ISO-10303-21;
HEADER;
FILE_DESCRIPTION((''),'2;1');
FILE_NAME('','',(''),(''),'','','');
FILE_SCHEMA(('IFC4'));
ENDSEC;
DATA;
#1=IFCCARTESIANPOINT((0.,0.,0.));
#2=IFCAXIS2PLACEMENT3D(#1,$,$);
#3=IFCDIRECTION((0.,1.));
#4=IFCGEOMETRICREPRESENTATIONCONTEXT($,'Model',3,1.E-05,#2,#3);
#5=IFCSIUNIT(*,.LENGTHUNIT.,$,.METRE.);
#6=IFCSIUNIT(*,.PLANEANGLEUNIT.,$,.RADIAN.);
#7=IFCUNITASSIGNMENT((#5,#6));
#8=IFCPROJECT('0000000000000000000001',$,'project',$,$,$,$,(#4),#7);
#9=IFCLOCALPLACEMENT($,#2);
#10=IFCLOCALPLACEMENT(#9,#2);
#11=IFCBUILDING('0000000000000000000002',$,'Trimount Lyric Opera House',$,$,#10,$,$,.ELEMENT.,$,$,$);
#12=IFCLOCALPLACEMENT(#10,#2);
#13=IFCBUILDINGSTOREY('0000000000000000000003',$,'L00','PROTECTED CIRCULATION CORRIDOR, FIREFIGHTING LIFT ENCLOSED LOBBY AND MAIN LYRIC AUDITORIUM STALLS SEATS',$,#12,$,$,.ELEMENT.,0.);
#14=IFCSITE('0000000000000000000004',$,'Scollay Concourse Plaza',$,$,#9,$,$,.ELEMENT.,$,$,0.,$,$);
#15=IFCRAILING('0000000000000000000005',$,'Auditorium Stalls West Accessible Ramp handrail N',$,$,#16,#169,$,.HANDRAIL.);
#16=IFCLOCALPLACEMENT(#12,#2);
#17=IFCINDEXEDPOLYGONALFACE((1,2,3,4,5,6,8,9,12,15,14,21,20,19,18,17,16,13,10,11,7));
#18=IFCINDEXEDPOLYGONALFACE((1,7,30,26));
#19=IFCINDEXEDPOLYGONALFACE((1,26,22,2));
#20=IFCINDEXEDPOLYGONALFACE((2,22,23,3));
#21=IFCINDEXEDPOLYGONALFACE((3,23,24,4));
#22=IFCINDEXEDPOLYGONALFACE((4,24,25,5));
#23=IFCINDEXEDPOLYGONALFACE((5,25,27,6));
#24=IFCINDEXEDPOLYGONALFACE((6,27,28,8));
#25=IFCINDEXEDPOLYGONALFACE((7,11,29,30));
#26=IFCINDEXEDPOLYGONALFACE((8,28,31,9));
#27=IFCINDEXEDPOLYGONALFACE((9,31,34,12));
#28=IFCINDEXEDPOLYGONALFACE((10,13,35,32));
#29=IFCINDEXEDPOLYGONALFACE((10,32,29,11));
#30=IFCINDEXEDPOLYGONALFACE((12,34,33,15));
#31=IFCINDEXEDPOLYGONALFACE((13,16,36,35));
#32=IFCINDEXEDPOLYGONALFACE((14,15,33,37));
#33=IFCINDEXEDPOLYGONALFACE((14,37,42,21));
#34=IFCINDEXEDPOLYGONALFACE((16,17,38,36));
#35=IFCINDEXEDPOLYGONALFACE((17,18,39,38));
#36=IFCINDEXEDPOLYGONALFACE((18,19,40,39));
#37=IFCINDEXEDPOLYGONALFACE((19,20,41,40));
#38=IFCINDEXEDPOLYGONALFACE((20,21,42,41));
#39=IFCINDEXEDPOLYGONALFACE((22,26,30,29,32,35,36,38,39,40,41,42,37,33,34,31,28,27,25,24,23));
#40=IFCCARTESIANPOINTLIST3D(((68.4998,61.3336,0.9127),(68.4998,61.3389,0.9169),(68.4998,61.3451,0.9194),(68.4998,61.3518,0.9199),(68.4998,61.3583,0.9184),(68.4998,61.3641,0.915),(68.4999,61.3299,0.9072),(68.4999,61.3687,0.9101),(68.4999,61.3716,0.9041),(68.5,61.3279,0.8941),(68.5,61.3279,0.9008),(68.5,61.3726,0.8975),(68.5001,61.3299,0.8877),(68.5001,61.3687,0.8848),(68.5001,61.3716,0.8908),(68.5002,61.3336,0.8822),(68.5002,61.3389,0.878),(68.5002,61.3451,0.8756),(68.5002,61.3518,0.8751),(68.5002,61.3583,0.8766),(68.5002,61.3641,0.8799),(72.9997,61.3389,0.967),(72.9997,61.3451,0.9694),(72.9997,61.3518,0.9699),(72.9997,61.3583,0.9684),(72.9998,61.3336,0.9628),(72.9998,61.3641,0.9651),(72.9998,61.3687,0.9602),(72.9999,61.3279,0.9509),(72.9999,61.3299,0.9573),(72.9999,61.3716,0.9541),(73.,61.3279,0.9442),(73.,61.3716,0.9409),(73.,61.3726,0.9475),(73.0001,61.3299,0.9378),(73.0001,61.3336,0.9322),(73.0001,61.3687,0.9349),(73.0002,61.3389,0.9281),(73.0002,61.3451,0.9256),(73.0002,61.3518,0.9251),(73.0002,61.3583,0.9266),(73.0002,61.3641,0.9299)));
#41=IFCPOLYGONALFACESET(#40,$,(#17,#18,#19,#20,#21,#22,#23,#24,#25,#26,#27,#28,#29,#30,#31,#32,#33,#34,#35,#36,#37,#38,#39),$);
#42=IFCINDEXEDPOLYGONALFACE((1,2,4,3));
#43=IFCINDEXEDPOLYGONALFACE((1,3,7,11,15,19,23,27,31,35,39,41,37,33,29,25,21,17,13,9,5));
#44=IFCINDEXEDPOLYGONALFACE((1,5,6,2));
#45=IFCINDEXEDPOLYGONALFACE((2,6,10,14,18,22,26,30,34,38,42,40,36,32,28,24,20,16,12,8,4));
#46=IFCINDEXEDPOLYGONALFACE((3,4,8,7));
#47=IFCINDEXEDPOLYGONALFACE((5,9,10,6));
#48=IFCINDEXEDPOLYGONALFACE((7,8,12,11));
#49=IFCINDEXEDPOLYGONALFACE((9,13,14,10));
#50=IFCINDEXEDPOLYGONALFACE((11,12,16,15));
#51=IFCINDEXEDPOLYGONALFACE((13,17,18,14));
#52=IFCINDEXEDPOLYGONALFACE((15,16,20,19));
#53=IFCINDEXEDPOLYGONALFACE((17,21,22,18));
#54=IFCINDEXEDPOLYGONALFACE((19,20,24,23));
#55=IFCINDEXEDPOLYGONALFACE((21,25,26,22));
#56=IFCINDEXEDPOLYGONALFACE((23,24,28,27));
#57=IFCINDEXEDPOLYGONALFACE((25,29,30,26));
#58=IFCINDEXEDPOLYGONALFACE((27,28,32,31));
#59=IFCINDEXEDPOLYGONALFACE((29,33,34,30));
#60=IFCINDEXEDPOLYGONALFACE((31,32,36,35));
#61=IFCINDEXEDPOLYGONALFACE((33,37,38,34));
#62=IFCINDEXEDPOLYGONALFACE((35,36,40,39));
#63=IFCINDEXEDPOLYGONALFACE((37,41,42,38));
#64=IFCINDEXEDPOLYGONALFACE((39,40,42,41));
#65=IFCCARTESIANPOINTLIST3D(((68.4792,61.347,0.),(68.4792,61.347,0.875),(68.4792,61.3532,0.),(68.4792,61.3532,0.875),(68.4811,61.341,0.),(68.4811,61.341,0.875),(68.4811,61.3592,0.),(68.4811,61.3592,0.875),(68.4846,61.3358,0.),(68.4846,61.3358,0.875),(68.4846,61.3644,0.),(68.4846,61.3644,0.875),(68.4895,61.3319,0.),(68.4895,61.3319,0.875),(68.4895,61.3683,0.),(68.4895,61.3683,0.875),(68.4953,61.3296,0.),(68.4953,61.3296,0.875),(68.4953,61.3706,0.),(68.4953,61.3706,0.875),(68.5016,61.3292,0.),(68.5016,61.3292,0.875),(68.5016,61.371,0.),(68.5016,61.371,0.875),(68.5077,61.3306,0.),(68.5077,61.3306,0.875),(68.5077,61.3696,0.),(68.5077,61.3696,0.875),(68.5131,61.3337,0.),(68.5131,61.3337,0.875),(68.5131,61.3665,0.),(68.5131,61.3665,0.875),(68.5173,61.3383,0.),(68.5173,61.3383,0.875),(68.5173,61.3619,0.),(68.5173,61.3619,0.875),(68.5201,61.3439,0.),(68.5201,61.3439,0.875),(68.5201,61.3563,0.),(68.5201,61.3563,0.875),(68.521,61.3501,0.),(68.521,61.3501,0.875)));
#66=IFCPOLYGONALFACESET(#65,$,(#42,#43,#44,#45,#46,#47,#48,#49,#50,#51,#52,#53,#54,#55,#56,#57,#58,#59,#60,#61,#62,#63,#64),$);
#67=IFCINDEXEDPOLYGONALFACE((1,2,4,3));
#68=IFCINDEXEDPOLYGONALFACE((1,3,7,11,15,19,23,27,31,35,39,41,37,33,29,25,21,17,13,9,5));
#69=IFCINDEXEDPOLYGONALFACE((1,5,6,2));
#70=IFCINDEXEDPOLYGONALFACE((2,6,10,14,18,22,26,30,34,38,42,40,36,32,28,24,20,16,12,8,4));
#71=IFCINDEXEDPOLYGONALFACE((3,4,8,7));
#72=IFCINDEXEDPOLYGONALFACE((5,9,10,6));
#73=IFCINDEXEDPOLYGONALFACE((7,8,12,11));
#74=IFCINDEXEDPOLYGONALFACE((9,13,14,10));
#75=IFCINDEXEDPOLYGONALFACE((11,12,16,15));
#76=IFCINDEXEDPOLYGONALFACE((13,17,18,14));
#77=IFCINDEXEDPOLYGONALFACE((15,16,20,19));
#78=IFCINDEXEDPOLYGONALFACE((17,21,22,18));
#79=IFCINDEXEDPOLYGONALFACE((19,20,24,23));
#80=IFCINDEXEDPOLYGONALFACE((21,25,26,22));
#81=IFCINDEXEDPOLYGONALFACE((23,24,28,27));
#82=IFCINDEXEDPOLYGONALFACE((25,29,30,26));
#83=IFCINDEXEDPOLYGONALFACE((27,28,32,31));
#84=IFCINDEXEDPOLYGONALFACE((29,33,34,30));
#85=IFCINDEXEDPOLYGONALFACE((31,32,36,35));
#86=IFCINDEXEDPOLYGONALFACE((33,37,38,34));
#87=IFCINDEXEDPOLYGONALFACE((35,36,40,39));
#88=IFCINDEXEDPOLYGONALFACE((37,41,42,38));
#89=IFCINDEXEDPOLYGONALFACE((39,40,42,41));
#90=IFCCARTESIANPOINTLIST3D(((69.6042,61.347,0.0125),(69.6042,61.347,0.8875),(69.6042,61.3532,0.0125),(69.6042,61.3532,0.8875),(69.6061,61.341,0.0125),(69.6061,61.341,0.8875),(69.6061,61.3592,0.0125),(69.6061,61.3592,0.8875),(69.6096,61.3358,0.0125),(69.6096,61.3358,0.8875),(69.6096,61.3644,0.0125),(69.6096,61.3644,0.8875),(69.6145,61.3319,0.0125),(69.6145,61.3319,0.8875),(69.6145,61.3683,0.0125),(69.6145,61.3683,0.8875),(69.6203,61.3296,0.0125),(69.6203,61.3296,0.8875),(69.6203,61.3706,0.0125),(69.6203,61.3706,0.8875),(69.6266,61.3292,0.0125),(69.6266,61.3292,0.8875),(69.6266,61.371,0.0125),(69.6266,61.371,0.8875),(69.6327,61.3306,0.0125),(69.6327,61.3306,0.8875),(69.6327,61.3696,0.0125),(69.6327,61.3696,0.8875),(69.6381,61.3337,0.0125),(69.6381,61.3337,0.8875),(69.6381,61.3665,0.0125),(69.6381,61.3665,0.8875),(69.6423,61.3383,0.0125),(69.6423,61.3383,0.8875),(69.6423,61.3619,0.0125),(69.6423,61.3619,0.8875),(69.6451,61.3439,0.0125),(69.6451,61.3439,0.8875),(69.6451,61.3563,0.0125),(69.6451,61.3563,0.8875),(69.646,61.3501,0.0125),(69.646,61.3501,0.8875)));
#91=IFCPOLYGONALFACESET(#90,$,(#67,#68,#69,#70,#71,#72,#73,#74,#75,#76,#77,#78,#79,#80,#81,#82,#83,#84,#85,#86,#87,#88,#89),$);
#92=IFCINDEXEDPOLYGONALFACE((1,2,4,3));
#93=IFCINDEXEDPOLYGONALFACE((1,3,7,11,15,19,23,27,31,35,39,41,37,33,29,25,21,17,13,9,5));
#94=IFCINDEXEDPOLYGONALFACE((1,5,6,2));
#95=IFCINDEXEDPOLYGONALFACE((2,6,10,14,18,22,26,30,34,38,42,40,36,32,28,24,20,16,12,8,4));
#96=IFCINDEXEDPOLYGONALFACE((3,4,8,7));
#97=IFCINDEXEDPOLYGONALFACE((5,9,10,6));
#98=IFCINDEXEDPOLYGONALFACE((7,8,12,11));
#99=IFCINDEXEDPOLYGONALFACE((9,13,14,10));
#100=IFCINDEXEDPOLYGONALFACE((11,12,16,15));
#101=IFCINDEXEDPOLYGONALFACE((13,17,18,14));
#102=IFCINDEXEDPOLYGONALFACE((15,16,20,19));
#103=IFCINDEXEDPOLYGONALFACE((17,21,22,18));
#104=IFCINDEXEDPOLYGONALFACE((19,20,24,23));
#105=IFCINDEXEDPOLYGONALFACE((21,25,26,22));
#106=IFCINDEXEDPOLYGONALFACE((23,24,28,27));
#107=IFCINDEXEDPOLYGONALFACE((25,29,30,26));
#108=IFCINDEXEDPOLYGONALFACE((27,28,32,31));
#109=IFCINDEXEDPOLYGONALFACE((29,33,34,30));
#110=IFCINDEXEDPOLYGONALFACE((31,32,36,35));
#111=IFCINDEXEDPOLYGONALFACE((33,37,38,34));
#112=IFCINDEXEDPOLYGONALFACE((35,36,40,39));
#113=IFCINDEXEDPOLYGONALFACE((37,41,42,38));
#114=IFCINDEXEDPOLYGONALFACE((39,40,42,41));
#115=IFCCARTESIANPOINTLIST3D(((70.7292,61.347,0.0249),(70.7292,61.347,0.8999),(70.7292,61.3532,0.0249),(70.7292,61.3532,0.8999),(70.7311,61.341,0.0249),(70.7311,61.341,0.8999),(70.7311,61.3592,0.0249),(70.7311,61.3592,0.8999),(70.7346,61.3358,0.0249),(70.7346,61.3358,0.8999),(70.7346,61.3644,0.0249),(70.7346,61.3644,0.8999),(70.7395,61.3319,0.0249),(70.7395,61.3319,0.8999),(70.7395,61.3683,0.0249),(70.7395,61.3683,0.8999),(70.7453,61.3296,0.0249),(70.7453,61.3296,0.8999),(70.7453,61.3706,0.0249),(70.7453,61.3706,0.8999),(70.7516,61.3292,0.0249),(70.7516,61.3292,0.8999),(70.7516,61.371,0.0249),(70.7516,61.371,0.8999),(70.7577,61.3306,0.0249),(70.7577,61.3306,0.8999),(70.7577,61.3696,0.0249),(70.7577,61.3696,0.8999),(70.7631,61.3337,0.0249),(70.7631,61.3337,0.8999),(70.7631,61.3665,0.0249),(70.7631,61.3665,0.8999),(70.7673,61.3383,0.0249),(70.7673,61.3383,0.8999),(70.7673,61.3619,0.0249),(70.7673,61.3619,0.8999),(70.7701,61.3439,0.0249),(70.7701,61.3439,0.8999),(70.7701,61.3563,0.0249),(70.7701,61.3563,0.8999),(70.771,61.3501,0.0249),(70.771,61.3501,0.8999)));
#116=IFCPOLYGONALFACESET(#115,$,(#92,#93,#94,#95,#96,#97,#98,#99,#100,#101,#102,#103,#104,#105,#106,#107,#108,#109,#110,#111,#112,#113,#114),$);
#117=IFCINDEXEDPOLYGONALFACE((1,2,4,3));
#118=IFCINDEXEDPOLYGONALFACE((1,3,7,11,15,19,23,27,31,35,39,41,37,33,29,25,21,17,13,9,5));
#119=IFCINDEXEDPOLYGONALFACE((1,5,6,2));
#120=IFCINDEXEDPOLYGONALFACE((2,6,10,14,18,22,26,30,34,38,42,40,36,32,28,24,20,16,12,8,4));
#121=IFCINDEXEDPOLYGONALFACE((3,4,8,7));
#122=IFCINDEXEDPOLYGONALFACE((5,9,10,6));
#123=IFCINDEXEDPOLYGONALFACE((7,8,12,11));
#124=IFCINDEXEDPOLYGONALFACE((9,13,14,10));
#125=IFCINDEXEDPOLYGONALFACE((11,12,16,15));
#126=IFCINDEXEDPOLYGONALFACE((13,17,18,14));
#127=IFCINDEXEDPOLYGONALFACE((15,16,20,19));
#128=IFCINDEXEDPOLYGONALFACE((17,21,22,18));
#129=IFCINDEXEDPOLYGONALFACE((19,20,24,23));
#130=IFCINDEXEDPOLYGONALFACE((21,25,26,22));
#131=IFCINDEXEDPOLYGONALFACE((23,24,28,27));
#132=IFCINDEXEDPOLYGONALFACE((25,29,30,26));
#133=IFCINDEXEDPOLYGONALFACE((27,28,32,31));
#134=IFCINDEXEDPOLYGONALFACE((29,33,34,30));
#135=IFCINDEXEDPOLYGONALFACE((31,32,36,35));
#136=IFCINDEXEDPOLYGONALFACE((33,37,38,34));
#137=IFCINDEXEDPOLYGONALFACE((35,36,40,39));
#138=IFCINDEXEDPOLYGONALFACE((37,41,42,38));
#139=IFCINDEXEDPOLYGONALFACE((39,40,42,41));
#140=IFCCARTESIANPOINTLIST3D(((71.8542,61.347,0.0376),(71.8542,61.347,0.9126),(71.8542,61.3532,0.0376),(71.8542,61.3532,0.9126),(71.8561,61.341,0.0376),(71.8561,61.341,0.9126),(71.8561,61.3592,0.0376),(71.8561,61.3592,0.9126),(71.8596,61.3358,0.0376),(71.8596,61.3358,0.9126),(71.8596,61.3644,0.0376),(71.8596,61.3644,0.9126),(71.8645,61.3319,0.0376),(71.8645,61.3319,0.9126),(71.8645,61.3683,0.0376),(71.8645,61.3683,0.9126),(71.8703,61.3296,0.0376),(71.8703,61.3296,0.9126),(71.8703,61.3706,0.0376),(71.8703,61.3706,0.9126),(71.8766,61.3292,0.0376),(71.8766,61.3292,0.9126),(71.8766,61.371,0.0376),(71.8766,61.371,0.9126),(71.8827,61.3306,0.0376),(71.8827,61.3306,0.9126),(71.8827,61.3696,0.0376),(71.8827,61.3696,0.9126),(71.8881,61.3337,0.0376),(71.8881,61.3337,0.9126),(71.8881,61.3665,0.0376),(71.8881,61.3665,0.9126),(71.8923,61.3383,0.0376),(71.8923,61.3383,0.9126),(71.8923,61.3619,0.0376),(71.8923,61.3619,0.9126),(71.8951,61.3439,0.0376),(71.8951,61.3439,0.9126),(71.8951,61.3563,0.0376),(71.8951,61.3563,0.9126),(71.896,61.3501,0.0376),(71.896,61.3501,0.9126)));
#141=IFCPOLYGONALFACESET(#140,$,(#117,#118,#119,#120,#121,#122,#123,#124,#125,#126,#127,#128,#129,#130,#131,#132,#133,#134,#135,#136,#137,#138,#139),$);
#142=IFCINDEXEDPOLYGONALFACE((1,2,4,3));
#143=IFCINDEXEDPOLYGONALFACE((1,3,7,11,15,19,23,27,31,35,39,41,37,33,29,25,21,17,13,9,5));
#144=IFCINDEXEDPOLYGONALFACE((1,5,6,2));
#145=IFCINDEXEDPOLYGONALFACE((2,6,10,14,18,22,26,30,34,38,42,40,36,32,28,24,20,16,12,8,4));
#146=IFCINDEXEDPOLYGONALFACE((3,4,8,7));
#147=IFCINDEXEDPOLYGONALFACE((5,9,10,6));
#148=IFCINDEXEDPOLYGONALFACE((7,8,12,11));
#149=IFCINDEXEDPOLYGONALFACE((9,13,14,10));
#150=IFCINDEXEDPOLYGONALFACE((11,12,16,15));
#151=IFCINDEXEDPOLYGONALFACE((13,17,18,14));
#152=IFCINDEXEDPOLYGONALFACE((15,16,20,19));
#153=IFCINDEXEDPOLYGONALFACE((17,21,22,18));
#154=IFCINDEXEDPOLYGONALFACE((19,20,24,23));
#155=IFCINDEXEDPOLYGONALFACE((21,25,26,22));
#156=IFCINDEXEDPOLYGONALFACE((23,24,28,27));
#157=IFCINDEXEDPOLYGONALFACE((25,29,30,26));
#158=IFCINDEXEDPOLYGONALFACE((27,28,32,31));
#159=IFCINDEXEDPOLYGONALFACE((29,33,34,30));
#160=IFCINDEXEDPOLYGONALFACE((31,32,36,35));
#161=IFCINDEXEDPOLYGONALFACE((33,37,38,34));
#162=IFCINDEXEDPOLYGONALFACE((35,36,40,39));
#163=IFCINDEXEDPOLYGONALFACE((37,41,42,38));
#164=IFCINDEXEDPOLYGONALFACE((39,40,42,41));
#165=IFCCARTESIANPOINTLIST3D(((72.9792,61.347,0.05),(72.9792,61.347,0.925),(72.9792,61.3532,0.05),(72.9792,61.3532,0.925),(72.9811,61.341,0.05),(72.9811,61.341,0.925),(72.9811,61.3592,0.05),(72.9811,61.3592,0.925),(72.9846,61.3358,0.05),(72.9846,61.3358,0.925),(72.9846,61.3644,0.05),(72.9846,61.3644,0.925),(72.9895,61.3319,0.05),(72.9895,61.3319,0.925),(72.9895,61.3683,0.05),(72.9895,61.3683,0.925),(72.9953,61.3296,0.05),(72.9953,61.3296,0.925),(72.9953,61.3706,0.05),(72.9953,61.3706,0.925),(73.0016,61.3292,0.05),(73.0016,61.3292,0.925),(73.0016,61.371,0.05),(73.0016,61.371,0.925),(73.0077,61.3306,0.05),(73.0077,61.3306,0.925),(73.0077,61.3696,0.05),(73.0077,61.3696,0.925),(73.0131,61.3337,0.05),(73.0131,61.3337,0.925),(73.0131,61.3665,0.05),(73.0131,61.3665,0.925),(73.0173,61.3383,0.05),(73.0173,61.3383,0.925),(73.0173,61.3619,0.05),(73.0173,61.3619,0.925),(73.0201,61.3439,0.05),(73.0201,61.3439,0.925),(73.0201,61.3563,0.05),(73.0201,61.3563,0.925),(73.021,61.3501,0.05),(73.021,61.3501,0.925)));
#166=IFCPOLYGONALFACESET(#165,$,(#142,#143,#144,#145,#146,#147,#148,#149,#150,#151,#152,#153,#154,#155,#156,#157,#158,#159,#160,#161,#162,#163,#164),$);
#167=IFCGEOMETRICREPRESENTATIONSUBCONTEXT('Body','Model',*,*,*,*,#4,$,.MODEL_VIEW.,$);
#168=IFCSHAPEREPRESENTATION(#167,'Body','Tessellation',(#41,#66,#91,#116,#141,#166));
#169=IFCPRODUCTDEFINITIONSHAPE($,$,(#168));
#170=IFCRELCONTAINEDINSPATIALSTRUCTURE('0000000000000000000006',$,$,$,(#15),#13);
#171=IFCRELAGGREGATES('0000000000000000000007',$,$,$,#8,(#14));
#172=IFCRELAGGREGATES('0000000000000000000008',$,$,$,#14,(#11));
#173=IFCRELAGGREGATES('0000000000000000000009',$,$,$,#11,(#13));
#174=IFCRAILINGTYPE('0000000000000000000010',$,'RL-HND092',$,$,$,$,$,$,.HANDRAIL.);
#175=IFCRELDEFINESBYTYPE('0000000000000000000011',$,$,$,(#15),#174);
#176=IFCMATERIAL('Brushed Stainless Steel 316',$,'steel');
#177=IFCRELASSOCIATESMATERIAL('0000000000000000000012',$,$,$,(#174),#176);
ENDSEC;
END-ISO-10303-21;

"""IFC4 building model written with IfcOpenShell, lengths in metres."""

from ifc_helpers import new_model, si_unit, direction, frame, origin, origin_2d, place, context, subcontext, project, spatial, circle, extrude, material, type_object, element, save


model = new_model("IFC4")

# Units and contexts
model_context = context("Model", 3, precision=1e-05, world=origin(), true_north=direction((0.0, 1.0)))
body_context = subcontext(model_context, "Body", "Model", "MODEL_VIEW")
ifc_project = project(units=[si_unit("LENGTHUNIT", "METRE"), si_unit("PLANEANGLEUNIT", "RADIAN")], contexts=[model_context])

# Site, building, storey
site_placement = place(None, origin())
site = spatial("IfcSite", under=ifc_project, at=site_placement, Name="Scollay Concourse Plaza", CompositionType="ELEMENT", RefElevation=0.0)
building_placement = place(site_placement, origin())
building = spatial("IfcBuilding", under=site, at=building_placement, Name="Trimount Lyric Opera House", CompositionType="ELEMENT")
storey_placement = place(building_placement, origin())
storey = spatial("IfcBuildingStorey", under=building, at=storey_placement, Name="L00", Description="PROTECTED CIRCULATION CORRIDOR, FIREFIGHTING LIFT ENCLOSED LOBBY AND MAIN LYRIC AUDITORIUM STALLS SEATS", CompositionType="ELEMENT", Elevation=0.0)

# Railing
ifc_material_1 = material(Name="Brushed Stainless Steel 316", Category="steel")
railing_type = type_object("IfcRailingType", Name="RL-HND092", PredefinedType="HANDRAIL", material=ifc_material_1)
for number, where, name in (
    (1, (68.5, 61.3501, 0.0), "Auditorium Stalls West Accessible Ramp handrail N"),
):
    element("IfcRailing", number, at=place(storey_placement, frame(where)), inside=storey, type_object=railing_type, Name=name, PredefinedType="HANDRAIL", context=body_context, shape_type="SweptSolid", body=[
        extrude(circle(Radius=0.0225, at=origin_2d()), frame((0.0, 0.0, 0.8975), z_axis=(0.999938, 0.0, 0.011121), x_axis=(0.0, 1.0, 0.0)), (0.0, 0.0, 1.0), 4.5002),
        extrude(circle(Radius=0.021, at=origin_2d()), origin(), (0.0, 0.0, 1.0), 0.875),
        extrude(circle(Radius=0.021, at=origin_2d()), frame((1.125, 0.0, 0.0125)), (0.0, 0.0, 1.0), 0.875),
        extrude(circle(Radius=0.021, at=origin_2d()), frame((2.25, 0.0, 0.0249)), (0.0, 0.0, 1.0), 0.875),
        extrude(circle(Radius=0.021, at=origin_2d()), frame((3.375, 0.0, 0.0376)), (0.0, 0.0, 1.0), 0.875),
        extrude(circle(Radius=0.021, at=origin_2d()), frame((4.5, 0.0, 0.05)), (0.0, 0.0, 1.0), 0.875),
    ])

save(model, "model.ifc")
